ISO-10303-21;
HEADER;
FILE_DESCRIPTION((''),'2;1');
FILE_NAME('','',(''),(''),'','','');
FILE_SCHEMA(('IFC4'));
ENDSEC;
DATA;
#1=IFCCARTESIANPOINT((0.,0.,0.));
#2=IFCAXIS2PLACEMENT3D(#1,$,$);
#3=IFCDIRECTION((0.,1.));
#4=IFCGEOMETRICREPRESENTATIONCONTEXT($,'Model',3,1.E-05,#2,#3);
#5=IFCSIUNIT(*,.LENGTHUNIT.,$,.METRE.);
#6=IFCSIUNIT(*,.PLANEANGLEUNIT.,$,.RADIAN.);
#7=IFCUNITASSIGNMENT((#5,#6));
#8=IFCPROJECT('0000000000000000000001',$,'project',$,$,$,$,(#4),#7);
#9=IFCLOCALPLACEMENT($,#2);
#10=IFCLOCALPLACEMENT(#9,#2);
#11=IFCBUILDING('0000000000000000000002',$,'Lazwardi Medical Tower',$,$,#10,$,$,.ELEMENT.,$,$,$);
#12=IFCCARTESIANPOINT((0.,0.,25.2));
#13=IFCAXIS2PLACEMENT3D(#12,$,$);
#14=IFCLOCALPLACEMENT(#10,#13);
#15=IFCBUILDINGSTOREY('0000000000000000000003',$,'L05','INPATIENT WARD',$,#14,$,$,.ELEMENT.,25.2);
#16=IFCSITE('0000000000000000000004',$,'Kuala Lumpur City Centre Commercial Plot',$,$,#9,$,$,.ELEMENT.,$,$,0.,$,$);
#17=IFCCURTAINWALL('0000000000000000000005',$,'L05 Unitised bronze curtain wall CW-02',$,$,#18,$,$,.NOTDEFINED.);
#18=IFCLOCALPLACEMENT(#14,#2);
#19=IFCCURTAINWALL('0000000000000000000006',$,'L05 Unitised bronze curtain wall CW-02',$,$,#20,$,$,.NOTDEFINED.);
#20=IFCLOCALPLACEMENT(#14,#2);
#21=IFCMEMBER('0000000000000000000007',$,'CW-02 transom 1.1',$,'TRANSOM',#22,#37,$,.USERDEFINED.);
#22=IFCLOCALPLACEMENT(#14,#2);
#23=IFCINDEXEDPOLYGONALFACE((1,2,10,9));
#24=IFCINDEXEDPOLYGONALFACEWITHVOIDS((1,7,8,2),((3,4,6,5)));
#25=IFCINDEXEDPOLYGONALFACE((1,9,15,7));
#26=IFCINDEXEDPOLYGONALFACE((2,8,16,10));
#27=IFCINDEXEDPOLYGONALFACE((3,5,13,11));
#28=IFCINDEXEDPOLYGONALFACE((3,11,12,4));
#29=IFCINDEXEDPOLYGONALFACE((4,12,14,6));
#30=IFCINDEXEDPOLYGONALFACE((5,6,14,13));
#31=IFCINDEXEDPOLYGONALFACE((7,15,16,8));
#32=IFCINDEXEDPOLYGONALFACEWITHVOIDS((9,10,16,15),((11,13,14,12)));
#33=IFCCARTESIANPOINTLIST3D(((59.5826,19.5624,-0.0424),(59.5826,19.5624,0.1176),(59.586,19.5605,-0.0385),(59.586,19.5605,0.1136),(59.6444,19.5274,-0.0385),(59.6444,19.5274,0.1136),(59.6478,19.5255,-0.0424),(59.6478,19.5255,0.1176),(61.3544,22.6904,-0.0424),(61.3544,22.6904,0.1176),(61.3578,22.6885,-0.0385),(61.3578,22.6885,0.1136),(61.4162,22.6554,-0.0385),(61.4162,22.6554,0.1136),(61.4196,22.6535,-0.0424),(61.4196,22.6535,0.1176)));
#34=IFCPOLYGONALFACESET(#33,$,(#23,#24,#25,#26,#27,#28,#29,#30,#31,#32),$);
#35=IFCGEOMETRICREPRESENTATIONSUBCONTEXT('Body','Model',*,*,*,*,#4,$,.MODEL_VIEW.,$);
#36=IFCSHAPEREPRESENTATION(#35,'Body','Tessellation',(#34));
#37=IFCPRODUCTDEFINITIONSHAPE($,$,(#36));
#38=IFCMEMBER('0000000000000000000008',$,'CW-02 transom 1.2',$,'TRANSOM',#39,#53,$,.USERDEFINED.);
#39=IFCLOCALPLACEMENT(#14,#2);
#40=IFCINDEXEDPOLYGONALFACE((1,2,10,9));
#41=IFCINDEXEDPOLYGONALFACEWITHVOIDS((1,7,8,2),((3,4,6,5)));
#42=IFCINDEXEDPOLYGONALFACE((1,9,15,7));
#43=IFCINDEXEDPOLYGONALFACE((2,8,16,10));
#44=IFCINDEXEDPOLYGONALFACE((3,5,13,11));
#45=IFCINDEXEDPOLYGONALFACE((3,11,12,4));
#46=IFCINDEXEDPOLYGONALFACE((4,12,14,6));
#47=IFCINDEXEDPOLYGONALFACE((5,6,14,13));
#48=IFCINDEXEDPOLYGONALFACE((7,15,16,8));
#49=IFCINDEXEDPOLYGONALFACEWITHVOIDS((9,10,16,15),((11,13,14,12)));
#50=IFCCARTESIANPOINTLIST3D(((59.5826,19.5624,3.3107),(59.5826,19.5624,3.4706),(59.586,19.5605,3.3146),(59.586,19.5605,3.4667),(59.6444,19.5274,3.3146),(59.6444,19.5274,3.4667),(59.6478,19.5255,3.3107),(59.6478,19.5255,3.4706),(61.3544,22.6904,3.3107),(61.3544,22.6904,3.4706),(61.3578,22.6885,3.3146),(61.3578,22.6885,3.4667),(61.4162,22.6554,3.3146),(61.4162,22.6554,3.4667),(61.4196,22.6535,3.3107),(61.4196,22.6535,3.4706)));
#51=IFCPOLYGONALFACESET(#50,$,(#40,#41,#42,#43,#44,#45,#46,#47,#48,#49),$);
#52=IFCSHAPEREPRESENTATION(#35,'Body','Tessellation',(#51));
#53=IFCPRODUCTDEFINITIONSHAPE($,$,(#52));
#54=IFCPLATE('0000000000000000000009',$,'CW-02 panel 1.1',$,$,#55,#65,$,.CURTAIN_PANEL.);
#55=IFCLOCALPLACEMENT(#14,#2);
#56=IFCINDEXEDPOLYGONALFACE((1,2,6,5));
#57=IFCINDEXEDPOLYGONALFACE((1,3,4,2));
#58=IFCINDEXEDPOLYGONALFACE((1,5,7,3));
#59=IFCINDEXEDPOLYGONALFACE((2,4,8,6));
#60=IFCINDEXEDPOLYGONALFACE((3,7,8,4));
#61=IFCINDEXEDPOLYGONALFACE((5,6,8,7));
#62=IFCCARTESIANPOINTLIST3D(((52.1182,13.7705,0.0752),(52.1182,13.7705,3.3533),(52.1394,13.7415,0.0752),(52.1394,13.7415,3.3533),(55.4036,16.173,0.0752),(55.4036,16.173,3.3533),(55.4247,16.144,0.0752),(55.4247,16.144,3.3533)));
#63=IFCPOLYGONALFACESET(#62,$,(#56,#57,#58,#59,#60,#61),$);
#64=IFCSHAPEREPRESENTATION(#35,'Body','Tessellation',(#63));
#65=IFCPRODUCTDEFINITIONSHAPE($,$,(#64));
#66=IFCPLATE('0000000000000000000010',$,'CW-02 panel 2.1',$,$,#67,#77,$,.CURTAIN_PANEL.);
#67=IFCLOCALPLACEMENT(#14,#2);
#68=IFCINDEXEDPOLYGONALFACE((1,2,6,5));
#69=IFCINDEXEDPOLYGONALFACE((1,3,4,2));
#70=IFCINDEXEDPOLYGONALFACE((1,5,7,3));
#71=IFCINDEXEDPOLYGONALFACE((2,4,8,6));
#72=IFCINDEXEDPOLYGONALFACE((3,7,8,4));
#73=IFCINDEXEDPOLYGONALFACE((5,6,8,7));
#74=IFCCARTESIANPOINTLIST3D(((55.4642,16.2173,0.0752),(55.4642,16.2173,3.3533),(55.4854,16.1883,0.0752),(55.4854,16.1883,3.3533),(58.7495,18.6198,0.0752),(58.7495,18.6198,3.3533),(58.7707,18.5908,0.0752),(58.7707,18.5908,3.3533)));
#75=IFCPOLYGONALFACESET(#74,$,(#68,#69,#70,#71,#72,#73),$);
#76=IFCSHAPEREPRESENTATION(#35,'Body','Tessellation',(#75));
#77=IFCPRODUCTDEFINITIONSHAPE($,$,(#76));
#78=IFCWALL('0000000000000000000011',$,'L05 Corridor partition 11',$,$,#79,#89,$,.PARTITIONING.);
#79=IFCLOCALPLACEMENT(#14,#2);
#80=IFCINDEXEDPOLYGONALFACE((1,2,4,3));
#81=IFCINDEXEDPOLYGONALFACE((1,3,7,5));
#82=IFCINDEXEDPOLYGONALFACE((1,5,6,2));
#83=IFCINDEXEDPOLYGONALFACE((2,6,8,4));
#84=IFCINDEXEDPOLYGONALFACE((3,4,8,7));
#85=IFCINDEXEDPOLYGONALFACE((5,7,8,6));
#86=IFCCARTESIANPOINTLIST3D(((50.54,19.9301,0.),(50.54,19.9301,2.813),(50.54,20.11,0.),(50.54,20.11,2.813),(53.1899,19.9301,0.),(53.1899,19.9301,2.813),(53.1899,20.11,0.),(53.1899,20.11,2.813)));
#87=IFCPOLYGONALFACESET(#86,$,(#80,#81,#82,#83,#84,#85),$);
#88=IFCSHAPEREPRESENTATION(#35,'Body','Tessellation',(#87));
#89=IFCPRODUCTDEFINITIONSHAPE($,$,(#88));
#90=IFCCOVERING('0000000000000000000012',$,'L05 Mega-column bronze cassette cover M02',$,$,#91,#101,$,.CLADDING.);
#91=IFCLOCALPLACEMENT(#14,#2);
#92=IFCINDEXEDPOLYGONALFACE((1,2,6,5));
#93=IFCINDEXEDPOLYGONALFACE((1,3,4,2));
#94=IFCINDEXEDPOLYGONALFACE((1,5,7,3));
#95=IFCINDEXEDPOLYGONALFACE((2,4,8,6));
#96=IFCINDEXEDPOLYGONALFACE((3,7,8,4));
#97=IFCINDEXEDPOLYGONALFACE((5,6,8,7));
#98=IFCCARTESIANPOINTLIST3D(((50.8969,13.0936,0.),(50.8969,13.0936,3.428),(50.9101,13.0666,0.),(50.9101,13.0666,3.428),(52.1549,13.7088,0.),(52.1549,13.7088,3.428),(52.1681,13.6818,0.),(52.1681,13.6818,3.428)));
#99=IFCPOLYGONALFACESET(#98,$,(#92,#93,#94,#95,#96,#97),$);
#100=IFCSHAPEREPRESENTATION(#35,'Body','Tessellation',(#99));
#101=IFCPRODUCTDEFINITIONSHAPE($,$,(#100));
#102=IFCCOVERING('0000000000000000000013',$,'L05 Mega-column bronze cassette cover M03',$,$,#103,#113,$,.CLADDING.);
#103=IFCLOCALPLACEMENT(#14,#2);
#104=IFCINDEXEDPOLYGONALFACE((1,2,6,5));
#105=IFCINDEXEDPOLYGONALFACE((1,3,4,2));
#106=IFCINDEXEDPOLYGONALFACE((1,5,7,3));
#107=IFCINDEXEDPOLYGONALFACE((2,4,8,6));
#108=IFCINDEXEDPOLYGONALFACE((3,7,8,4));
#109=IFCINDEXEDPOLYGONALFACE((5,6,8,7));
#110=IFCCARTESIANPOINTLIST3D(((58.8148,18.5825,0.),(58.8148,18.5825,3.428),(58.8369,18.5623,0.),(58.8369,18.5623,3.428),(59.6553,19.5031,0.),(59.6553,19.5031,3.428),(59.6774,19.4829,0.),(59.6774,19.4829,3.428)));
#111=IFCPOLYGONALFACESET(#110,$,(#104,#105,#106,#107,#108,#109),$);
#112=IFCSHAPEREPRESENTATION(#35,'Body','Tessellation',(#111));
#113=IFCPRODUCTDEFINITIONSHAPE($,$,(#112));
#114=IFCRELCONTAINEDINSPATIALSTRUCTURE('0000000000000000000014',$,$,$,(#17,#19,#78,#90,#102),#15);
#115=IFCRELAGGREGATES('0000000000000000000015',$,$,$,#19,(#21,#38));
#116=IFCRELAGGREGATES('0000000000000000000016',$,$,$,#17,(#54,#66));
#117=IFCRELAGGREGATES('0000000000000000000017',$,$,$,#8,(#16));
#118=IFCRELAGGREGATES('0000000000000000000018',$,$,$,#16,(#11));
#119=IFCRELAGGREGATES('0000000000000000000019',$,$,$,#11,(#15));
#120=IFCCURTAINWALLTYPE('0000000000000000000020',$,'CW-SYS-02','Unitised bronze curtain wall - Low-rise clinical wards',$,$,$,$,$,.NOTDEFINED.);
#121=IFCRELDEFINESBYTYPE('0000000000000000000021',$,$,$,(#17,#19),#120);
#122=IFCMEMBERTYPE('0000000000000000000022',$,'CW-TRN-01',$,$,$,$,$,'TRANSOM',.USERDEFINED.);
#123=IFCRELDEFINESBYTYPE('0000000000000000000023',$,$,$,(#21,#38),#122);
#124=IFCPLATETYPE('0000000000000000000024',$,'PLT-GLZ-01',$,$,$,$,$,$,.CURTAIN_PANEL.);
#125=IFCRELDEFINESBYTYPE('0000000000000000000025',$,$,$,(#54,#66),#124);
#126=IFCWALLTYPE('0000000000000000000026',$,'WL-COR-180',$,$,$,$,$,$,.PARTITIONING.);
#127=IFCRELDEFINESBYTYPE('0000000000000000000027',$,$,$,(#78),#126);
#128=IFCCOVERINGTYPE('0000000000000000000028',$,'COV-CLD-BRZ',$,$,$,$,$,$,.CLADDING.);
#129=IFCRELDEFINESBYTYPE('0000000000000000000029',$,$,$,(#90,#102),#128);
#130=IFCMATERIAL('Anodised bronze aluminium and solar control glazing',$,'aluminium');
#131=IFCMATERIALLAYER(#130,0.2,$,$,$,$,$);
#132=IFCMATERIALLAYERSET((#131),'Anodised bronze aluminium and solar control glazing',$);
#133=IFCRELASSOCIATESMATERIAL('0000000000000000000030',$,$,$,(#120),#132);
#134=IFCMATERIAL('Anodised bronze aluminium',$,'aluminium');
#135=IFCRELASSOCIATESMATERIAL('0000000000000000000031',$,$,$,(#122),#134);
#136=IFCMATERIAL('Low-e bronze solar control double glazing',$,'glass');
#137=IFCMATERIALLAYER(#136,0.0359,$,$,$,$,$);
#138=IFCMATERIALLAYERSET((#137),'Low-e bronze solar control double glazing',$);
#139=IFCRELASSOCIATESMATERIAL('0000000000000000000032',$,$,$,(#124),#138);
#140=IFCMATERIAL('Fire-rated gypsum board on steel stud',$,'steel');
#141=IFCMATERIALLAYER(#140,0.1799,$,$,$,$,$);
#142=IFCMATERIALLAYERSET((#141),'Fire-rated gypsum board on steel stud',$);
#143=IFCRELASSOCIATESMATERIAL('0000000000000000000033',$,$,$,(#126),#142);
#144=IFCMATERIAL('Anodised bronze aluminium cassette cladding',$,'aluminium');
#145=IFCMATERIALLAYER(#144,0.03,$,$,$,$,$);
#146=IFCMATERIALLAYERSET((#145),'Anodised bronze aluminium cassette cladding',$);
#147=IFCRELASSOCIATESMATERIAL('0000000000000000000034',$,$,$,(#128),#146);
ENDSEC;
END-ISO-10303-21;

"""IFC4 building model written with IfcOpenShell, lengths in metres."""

from ifc_helpers import new_model, si_unit, direction, frame, frame_2d, origin, origin_2d, place, context, subcontext, project, spatial, rectangle, hollow_rectangle, extrude, material, layer, layer_set, material_profile, profile_set, type_object, element, aggregate, save


model = new_model("IFC4")

# Units and contexts
model_context = context("Model", 3, precision=1e-05, world=origin(), true_north=direction((0.0, 1.0)))
body_context = subcontext(model_context, "Body", "Model", "MODEL_VIEW")
ifc_project = project(units=[si_unit("LENGTHUNIT", "METRE"), si_unit("PLANEANGLEUNIT", "RADIAN")], contexts=[model_context])

# Site, building, storey
site_placement = place(None, origin())
site = spatial("IfcSite", under=ifc_project, at=site_placement, Name="Kuala Lumpur City Centre Commercial Plot", CompositionType="ELEMENT", RefElevation=0.0)
building_placement = place(site_placement, origin())
building = spatial("IfcBuilding", under=site, at=building_placement, Name="Lazwardi Medical Tower", CompositionType="ELEMENT")
storey_placement = place(building_placement, frame((0.0, 0.0, 25.2)))
storey = spatial("IfcBuildingStorey", under=building, at=storey_placement, Name="L05", Description="INPATIENT WARD", CompositionType="ELEMENT", Elevation=25.2)

# Shared definitions
ifc_material_1 = material(Name="Anodised bronze aluminium and solar control glazing", Category="aluminium")
ifc_layer_1 = layer(ifc_material_1, 0.2)
ifc_layer_set_1 = layer_set([ifc_layer_1], Name="Anodised bronze aluminium and solar control glazing")
curtain_wall_type = type_object("IfcCurtainWallType", Name="CW-SYS-02", Description="Unitised bronze curtain wall - Low-rise clinical wards", PredefinedType="NOTDEFINED", material=ifc_layer_set_1)
ifc_material_2 = material(Name="Anodised bronze aluminium", Category="aluminium")

# Curtain wall
curtain_wall_1_placement = place(storey_placement, origin())
curtain_wall_1 = element("IfcCurtainWall", 1, at=curtain_wall_1_placement, inside=storey, type_object=curtain_wall_type, Name="L05 Unitised bronze curtain wall CW-02", PredefinedType="NOTDEFINED")

# Curtain wall
curtain_wall_2_placement = place(storey_placement, origin())
curtain_wall_2 = element("IfcCurtainWall", 2, at=curtain_wall_2_placement, inside=storey, type_object=curtain_wall_type, Name="L05 Unitised bronze curtain wall CW-02", PredefinedType="NOTDEFINED")

# Members
ifc_material_profile_1 = material_profile(ifc_material_2, hollow_rectangle(XDim=0.075, YDim=0.1599, WallThickness=0.0039, at=origin_2d()), Name="ALU-TRANSOM 160x75x4")
ifc_profile_set_1 = profile_set([ifc_material_profile_1], Name="Anodised bronze aluminium")
member_type_1 = type_object("IfcMemberType", Name="CW-TRN-01", ElementType="TRANSOM", PredefinedType="USERDEFINED", material=ifc_profile_set_1)
member_1_placement = place(storey_placement, frame((59.6152, 19.5439, 0.0376), z_axis=(0.492851, 0.870113, 0.0), x_axis=(-0.870113, 0.492851, 0.0)))
member_1 = element("IfcMember", 3, at=member_1_placement, type_object=member_type_1, Name="CW-02 transom 1.1", ObjectType="TRANSOM", PredefinedType="USERDEFINED", context=body_context, shape_type="SweptSolid", body=[
    extrude(hollow_rectangle(XDim=0.075, YDim=0.1599, WallThickness=0.0039, at=origin_2d()), origin(), (0.0, 0.0, 1.0), 3.595),
])
member_2_placement = place(storey_placement, frame((59.6152, 19.5439, 3.3906), z_axis=(0.492851, 0.870113, 0.0), x_axis=(-0.870113, 0.492851, 0.0)))
member_2 = element("IfcMember", 4, at=member_2_placement, type_object=member_type_1, Name="CW-02 transom 1.2", ObjectType="TRANSOM", PredefinedType="USERDEFINED", context=body_context, shape_type="SweptSolid", body=[
    extrude(hollow_rectangle(XDim=0.075, YDim=0.1599, WallThickness=0.0039, at=origin_2d()), origin(), (0.0, 0.0, 1.0), 3.595),
])
aggregate(curtain_wall_2, [member_1, member_2])

# Plates
ifc_material_3 = material(Name="Low-e bronze solar control double glazing", Category="glass")
ifc_layer_2 = layer(ifc_material_3, 0.0359)
ifc_layer_set_2 = layer_set([ifc_layer_2], Name="Low-e bronze solar control double glazing")
plate_type = type_object("IfcPlateType", Name="PLT-GLZ-01", PredefinedType="CURTAIN_PANEL", material=ifc_layer_set_2)
plate_1_placement = place(storey_placement, frame((53.7715, 14.9573, 0.0752), z_axis=(0.0, 0.0, 1.0), x_axis=(0.807192, 0.590289, 0.0)))
plate_1 = element("IfcPlate", 5, at=plate_1_placement, type_object=plate_type, Name="CW-02 panel 1.1", PredefinedType="CURTAIN_PANEL", context=body_context, shape_type="SweptSolid", body=[
    extrude(rectangle(XDim=4.0701, YDim=0.0359, at=origin_2d()), origin(), (0.0, 0.0, 1.0), 3.2781),
])
plate_2_placement = place(storey_placement, frame((57.1174, 17.4041, 0.0752), z_axis=(0.0, 0.0, 1.0), x_axis=(0.807192, 0.590289, 0.0)))
plate_2 = element("IfcPlate", 6, at=plate_2_placement, type_object=plate_type, Name="CW-02 panel 2.1", PredefinedType="CURTAIN_PANEL", context=body_context, shape_type="SweptSolid", body=[
    extrude(rectangle(XDim=4.0701, YDim=0.0359, at=origin_2d()), origin(), (0.0, 0.0, 1.0), 3.2781),
])
aggregate(curtain_wall_1, [plate_1, plate_2])

# Wall
ifc_material_4 = material(Name="Fire-rated gypsum board on steel stud", Category="steel")
ifc_layer_3 = layer(ifc_material_4, 0.1799)
ifc_layer_set_3 = layer_set([ifc_layer_3], Name="Fire-rated gypsum board on steel stud")
wall_type = type_object("IfcWallType", Name="WL-COR-180", PredefinedType="PARTITIONING", material=ifc_layer_set_3)
wall_placement = place(storey_placement, frame((53.1899, 20.02, 0.0), z_axis=(0.0, 0.0, 1.0), x_axis=(-1.0, 0.0, 0.0)))
element("IfcWall", 7, at=wall_placement, inside=storey, type_object=wall_type, Name="L05 Corridor partition 11", PredefinedType="PARTITIONING", context=body_context, shape_type="SweptSolid", body=[
    extrude(rectangle(XDim=2.6499, YDim=0.1799, at=frame_2d((1.325, 0.0))), origin(), (0.0, 0.0, 1.0), 2.813),
])

# Coverings
ifc_material_5 = material(Name="Anodised bronze aluminium cassette cladding", Category="aluminium")
ifc_layer_4 = layer(ifc_material_5, 0.03)
ifc_layer_set_4 = layer_set([ifc_layer_4], Name="Anodised bronze aluminium cassette cladding")
covering_type = type_object("IfcCoveringType", Name="COV-CLD-BRZ", PredefinedType="CLADDING", material=ifc_layer_set_4)
covering_1_placement = place(storey_placement, frame((51.5325, 13.3877, 0.0), z_axis=(0.0, 0.0, 1.0), x_axis=(0.898334, 0.439312, 0.0)))
element("IfcCovering", 8, at=covering_1_placement, inside=storey, type_object=covering_type, Name="L05 Mega-column bronze cassette cover M02", PredefinedType="CLADDING", context=body_context, shape_type="SweptSolid", body=[
    extrude(rectangle(XDim=1.4004, YDim=0.03, at=origin_2d()), origin(), (0.0, 0.0, 1.0), 3.428),
])
covering_2_placement = place(storey_placement, frame((59.2461, 19.0327, 0.0), z_axis=(0.0, 0.0, 1.0), x_axis=(0.674252, 0.738501, 0.0)))
element("IfcCovering", 9, at=covering_2_placement, inside=storey, type_object=covering_type, Name="L05 Mega-column bronze cassette cover M03", PredefinedType="CLADDING", context=body_context, shape_type="SweptSolid", body=[
    extrude(rectangle(XDim=1.2466, YDim=0.03, at=origin_2d()), origin(), (0.0, 0.0, 1.0), 3.428),
])

save(model, "model.ifc")
